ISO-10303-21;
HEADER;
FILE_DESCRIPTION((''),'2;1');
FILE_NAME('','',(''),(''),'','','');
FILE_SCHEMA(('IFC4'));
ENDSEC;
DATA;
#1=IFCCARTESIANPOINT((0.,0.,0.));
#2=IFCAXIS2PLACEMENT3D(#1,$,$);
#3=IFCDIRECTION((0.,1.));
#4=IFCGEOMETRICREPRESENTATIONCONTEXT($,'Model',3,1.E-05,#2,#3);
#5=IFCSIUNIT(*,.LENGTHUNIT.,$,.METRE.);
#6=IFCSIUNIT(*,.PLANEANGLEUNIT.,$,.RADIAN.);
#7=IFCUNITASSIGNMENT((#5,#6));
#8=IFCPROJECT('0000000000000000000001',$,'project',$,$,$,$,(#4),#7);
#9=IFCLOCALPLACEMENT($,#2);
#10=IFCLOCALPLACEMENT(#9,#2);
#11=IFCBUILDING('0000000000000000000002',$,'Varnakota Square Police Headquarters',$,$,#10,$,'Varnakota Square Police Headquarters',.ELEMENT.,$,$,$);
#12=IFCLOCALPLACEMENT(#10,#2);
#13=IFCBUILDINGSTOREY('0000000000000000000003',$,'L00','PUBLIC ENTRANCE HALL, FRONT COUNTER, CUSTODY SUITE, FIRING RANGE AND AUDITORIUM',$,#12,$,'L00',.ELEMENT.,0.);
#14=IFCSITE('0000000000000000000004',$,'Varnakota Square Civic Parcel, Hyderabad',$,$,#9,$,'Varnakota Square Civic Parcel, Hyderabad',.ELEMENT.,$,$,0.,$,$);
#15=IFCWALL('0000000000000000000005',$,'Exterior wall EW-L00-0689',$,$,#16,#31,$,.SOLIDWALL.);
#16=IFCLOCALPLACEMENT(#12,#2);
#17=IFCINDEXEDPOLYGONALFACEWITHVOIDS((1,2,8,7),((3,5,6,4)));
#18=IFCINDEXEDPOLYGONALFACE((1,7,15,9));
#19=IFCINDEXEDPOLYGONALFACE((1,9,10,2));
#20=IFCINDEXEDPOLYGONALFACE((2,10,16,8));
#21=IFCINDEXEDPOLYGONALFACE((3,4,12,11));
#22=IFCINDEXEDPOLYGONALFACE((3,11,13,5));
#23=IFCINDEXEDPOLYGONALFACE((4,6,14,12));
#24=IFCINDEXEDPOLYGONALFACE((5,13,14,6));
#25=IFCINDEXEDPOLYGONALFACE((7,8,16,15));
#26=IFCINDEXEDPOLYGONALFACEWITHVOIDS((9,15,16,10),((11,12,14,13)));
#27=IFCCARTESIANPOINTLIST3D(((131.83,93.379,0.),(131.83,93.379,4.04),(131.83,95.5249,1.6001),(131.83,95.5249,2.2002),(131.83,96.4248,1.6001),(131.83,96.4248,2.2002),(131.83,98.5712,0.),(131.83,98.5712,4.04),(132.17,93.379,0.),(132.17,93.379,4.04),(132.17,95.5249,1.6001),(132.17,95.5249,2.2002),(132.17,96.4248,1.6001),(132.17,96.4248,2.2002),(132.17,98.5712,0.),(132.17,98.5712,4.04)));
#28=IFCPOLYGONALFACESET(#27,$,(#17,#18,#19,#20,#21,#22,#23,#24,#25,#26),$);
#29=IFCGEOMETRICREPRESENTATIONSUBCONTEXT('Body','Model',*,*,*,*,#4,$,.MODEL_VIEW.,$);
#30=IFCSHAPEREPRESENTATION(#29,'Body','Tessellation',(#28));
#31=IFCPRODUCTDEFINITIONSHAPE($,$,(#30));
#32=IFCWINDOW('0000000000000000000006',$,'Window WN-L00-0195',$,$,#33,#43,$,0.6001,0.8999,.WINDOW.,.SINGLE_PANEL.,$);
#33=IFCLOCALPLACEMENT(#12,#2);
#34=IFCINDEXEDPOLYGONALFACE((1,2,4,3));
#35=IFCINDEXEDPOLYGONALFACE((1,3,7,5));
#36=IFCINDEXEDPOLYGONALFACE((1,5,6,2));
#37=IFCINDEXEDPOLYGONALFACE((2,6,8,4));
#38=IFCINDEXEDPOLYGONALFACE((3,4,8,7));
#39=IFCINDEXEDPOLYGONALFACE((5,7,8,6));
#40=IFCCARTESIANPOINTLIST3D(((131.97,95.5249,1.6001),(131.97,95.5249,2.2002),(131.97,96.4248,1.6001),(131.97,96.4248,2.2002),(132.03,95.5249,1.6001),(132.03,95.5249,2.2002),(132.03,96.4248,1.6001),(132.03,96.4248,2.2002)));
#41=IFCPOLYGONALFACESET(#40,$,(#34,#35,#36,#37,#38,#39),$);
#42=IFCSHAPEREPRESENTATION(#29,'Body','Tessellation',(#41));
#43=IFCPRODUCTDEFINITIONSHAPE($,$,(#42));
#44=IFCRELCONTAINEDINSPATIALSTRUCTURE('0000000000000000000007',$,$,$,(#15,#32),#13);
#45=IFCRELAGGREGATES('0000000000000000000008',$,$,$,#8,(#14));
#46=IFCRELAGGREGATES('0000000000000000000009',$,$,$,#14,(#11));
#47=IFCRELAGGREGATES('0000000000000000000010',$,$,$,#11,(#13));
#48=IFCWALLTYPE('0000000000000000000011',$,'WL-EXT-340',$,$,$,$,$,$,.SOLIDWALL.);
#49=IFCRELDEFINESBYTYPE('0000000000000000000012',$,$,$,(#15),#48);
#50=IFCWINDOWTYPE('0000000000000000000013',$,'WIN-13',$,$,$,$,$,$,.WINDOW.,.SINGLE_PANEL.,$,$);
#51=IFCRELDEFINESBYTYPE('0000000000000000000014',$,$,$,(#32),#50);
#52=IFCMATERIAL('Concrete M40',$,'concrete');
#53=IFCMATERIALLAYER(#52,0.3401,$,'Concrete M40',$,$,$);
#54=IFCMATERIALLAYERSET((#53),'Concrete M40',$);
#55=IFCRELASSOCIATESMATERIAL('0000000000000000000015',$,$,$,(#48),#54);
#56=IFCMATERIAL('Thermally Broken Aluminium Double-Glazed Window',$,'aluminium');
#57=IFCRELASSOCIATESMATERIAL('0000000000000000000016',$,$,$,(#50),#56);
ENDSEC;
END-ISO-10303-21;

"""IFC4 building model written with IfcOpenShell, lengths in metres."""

from ifc_helpers import new_model, si_unit, direction, frame, frame_2d, origin, place, context, subcontext, project, spatial, rectangle, extrude, material, layer, layer_set, type_object, element, fill, save


model = new_model("IFC4")

# Units and contexts
model_context = context("Model", 3, precision=1e-05, world=origin(), true_north=direction((0.0, 1.0)))
body_context = subcontext(model_context, "Body", "Model", "MODEL_VIEW")
ifc_project = project(units=[si_unit("LENGTHUNIT", "METRE"), si_unit("PLANEANGLEUNIT", "RADIAN")], contexts=[model_context])

# Site, building, storey
site_placement = place(None, origin())
site = spatial("IfcSite", under=ifc_project, at=site_placement, Name="Varnakota Square Civic Parcel, Hyderabad", LongName="Varnakota Square Civic Parcel, Hyderabad", CompositionType="ELEMENT", RefElevation=0.0)
building_placement = place(site_placement, origin())
building = spatial("IfcBuilding", under=site, at=building_placement, Name="Varnakota Square Police Headquarters", LongName="Varnakota Square Police Headquarters", CompositionType="ELEMENT")
storey_placement = place(building_placement, origin())
storey = spatial("IfcBuildingStorey", under=building, at=storey_placement, Name="L00", Description="PUBLIC ENTRANCE HALL, FRONT COUNTER, CUSTODY SUITE, FIRING RANGE AND AUDITORIUM", LongName="L00", CompositionType="ELEMENT", Elevation=0.0)

# Wall, opening, window
ifc_material_1 = material(Name="Concrete M40", Category="concrete")
ifc_layer = layer(ifc_material_1, 0.3401, Name="Concrete M40")
ifc_layer_set = layer_set([ifc_layer], Name="Concrete M40")
wall_type = type_object("IfcWallType", Name="WL-EXT-340", PredefinedType="SOLIDWALL", material=ifc_layer_set)
ifc_material_2 = material(Name="Thermally Broken Aluminium Double-Glazed Window", Category="aluminium")
window_type = type_object("IfcWindowType", Name="WIN-13", PartitioningType="SINGLE_PANEL", PredefinedType="WINDOW", material=ifc_material_2)
wall_1_placement = place(storey_placement, frame((132.0, 93.3789, 0.0), z_axis=(0.0, 0.0, 1.0), x_axis=(0.0, 1.0, 0.0)))
wall_1 = element("IfcWall", 1, at=wall_1_placement, inside=storey, type_object=wall_type, Name="Exterior wall EW-L00-0689", PredefinedType="SOLIDWALL", context=body_context, shape_type="SweptSolid", body=[
    extrude(rectangle(XDim=5.1921, YDim=0.3401, at=frame_2d((2.5962, 0.0))), origin(), (0.0, 0.0, 1.0), 4.04),
])
opening_1_placement = place(wall_1_placement, frame((2.146, 0.0, 1.6001)))
opening_1 = element("IfcOpeningElement", 2, at=opening_1_placement, cuts=wall_1, PredefinedType="OPENING", context=body_context, shape_type="SweptSolid", body=[
    extrude(rectangle(XDim=0.8999, YDim=0.6001, at=frame_2d((0.45, 0.3))), frame((0.0, 0.1799, 0.0), z_axis=(0.0, -1.0, 0.0), x_axis=(1.0, 0.0, 0.0)), (0.0, 0.0, 1.0), 0.3601),
])
window_1_placement = place(opening_1_placement, origin())
window_1 = element("IfcWindow", 3, at=window_1_placement, inside=storey, type_object=window_type, Name="Window WN-L00-0195", OverallHeight=0.6001, OverallWidth=0.8999, PartitioningType="SINGLE_PANEL", PredefinedType="WINDOW", context=body_context, shape_type="SweptSolid", body=[
    extrude(rectangle(XDim=0.8999, YDim=0.6001, at=frame_2d((0.45, 0.3))), frame((0.0, 0.03, 0.0), z_axis=(0.0, -1.0, 0.0), x_axis=(1.0, 0.0, 0.0)), (0.0, 0.0, 1.0), 0.0601),
])
fill(opening_1, window_1)

save(model, "model.ifc")
